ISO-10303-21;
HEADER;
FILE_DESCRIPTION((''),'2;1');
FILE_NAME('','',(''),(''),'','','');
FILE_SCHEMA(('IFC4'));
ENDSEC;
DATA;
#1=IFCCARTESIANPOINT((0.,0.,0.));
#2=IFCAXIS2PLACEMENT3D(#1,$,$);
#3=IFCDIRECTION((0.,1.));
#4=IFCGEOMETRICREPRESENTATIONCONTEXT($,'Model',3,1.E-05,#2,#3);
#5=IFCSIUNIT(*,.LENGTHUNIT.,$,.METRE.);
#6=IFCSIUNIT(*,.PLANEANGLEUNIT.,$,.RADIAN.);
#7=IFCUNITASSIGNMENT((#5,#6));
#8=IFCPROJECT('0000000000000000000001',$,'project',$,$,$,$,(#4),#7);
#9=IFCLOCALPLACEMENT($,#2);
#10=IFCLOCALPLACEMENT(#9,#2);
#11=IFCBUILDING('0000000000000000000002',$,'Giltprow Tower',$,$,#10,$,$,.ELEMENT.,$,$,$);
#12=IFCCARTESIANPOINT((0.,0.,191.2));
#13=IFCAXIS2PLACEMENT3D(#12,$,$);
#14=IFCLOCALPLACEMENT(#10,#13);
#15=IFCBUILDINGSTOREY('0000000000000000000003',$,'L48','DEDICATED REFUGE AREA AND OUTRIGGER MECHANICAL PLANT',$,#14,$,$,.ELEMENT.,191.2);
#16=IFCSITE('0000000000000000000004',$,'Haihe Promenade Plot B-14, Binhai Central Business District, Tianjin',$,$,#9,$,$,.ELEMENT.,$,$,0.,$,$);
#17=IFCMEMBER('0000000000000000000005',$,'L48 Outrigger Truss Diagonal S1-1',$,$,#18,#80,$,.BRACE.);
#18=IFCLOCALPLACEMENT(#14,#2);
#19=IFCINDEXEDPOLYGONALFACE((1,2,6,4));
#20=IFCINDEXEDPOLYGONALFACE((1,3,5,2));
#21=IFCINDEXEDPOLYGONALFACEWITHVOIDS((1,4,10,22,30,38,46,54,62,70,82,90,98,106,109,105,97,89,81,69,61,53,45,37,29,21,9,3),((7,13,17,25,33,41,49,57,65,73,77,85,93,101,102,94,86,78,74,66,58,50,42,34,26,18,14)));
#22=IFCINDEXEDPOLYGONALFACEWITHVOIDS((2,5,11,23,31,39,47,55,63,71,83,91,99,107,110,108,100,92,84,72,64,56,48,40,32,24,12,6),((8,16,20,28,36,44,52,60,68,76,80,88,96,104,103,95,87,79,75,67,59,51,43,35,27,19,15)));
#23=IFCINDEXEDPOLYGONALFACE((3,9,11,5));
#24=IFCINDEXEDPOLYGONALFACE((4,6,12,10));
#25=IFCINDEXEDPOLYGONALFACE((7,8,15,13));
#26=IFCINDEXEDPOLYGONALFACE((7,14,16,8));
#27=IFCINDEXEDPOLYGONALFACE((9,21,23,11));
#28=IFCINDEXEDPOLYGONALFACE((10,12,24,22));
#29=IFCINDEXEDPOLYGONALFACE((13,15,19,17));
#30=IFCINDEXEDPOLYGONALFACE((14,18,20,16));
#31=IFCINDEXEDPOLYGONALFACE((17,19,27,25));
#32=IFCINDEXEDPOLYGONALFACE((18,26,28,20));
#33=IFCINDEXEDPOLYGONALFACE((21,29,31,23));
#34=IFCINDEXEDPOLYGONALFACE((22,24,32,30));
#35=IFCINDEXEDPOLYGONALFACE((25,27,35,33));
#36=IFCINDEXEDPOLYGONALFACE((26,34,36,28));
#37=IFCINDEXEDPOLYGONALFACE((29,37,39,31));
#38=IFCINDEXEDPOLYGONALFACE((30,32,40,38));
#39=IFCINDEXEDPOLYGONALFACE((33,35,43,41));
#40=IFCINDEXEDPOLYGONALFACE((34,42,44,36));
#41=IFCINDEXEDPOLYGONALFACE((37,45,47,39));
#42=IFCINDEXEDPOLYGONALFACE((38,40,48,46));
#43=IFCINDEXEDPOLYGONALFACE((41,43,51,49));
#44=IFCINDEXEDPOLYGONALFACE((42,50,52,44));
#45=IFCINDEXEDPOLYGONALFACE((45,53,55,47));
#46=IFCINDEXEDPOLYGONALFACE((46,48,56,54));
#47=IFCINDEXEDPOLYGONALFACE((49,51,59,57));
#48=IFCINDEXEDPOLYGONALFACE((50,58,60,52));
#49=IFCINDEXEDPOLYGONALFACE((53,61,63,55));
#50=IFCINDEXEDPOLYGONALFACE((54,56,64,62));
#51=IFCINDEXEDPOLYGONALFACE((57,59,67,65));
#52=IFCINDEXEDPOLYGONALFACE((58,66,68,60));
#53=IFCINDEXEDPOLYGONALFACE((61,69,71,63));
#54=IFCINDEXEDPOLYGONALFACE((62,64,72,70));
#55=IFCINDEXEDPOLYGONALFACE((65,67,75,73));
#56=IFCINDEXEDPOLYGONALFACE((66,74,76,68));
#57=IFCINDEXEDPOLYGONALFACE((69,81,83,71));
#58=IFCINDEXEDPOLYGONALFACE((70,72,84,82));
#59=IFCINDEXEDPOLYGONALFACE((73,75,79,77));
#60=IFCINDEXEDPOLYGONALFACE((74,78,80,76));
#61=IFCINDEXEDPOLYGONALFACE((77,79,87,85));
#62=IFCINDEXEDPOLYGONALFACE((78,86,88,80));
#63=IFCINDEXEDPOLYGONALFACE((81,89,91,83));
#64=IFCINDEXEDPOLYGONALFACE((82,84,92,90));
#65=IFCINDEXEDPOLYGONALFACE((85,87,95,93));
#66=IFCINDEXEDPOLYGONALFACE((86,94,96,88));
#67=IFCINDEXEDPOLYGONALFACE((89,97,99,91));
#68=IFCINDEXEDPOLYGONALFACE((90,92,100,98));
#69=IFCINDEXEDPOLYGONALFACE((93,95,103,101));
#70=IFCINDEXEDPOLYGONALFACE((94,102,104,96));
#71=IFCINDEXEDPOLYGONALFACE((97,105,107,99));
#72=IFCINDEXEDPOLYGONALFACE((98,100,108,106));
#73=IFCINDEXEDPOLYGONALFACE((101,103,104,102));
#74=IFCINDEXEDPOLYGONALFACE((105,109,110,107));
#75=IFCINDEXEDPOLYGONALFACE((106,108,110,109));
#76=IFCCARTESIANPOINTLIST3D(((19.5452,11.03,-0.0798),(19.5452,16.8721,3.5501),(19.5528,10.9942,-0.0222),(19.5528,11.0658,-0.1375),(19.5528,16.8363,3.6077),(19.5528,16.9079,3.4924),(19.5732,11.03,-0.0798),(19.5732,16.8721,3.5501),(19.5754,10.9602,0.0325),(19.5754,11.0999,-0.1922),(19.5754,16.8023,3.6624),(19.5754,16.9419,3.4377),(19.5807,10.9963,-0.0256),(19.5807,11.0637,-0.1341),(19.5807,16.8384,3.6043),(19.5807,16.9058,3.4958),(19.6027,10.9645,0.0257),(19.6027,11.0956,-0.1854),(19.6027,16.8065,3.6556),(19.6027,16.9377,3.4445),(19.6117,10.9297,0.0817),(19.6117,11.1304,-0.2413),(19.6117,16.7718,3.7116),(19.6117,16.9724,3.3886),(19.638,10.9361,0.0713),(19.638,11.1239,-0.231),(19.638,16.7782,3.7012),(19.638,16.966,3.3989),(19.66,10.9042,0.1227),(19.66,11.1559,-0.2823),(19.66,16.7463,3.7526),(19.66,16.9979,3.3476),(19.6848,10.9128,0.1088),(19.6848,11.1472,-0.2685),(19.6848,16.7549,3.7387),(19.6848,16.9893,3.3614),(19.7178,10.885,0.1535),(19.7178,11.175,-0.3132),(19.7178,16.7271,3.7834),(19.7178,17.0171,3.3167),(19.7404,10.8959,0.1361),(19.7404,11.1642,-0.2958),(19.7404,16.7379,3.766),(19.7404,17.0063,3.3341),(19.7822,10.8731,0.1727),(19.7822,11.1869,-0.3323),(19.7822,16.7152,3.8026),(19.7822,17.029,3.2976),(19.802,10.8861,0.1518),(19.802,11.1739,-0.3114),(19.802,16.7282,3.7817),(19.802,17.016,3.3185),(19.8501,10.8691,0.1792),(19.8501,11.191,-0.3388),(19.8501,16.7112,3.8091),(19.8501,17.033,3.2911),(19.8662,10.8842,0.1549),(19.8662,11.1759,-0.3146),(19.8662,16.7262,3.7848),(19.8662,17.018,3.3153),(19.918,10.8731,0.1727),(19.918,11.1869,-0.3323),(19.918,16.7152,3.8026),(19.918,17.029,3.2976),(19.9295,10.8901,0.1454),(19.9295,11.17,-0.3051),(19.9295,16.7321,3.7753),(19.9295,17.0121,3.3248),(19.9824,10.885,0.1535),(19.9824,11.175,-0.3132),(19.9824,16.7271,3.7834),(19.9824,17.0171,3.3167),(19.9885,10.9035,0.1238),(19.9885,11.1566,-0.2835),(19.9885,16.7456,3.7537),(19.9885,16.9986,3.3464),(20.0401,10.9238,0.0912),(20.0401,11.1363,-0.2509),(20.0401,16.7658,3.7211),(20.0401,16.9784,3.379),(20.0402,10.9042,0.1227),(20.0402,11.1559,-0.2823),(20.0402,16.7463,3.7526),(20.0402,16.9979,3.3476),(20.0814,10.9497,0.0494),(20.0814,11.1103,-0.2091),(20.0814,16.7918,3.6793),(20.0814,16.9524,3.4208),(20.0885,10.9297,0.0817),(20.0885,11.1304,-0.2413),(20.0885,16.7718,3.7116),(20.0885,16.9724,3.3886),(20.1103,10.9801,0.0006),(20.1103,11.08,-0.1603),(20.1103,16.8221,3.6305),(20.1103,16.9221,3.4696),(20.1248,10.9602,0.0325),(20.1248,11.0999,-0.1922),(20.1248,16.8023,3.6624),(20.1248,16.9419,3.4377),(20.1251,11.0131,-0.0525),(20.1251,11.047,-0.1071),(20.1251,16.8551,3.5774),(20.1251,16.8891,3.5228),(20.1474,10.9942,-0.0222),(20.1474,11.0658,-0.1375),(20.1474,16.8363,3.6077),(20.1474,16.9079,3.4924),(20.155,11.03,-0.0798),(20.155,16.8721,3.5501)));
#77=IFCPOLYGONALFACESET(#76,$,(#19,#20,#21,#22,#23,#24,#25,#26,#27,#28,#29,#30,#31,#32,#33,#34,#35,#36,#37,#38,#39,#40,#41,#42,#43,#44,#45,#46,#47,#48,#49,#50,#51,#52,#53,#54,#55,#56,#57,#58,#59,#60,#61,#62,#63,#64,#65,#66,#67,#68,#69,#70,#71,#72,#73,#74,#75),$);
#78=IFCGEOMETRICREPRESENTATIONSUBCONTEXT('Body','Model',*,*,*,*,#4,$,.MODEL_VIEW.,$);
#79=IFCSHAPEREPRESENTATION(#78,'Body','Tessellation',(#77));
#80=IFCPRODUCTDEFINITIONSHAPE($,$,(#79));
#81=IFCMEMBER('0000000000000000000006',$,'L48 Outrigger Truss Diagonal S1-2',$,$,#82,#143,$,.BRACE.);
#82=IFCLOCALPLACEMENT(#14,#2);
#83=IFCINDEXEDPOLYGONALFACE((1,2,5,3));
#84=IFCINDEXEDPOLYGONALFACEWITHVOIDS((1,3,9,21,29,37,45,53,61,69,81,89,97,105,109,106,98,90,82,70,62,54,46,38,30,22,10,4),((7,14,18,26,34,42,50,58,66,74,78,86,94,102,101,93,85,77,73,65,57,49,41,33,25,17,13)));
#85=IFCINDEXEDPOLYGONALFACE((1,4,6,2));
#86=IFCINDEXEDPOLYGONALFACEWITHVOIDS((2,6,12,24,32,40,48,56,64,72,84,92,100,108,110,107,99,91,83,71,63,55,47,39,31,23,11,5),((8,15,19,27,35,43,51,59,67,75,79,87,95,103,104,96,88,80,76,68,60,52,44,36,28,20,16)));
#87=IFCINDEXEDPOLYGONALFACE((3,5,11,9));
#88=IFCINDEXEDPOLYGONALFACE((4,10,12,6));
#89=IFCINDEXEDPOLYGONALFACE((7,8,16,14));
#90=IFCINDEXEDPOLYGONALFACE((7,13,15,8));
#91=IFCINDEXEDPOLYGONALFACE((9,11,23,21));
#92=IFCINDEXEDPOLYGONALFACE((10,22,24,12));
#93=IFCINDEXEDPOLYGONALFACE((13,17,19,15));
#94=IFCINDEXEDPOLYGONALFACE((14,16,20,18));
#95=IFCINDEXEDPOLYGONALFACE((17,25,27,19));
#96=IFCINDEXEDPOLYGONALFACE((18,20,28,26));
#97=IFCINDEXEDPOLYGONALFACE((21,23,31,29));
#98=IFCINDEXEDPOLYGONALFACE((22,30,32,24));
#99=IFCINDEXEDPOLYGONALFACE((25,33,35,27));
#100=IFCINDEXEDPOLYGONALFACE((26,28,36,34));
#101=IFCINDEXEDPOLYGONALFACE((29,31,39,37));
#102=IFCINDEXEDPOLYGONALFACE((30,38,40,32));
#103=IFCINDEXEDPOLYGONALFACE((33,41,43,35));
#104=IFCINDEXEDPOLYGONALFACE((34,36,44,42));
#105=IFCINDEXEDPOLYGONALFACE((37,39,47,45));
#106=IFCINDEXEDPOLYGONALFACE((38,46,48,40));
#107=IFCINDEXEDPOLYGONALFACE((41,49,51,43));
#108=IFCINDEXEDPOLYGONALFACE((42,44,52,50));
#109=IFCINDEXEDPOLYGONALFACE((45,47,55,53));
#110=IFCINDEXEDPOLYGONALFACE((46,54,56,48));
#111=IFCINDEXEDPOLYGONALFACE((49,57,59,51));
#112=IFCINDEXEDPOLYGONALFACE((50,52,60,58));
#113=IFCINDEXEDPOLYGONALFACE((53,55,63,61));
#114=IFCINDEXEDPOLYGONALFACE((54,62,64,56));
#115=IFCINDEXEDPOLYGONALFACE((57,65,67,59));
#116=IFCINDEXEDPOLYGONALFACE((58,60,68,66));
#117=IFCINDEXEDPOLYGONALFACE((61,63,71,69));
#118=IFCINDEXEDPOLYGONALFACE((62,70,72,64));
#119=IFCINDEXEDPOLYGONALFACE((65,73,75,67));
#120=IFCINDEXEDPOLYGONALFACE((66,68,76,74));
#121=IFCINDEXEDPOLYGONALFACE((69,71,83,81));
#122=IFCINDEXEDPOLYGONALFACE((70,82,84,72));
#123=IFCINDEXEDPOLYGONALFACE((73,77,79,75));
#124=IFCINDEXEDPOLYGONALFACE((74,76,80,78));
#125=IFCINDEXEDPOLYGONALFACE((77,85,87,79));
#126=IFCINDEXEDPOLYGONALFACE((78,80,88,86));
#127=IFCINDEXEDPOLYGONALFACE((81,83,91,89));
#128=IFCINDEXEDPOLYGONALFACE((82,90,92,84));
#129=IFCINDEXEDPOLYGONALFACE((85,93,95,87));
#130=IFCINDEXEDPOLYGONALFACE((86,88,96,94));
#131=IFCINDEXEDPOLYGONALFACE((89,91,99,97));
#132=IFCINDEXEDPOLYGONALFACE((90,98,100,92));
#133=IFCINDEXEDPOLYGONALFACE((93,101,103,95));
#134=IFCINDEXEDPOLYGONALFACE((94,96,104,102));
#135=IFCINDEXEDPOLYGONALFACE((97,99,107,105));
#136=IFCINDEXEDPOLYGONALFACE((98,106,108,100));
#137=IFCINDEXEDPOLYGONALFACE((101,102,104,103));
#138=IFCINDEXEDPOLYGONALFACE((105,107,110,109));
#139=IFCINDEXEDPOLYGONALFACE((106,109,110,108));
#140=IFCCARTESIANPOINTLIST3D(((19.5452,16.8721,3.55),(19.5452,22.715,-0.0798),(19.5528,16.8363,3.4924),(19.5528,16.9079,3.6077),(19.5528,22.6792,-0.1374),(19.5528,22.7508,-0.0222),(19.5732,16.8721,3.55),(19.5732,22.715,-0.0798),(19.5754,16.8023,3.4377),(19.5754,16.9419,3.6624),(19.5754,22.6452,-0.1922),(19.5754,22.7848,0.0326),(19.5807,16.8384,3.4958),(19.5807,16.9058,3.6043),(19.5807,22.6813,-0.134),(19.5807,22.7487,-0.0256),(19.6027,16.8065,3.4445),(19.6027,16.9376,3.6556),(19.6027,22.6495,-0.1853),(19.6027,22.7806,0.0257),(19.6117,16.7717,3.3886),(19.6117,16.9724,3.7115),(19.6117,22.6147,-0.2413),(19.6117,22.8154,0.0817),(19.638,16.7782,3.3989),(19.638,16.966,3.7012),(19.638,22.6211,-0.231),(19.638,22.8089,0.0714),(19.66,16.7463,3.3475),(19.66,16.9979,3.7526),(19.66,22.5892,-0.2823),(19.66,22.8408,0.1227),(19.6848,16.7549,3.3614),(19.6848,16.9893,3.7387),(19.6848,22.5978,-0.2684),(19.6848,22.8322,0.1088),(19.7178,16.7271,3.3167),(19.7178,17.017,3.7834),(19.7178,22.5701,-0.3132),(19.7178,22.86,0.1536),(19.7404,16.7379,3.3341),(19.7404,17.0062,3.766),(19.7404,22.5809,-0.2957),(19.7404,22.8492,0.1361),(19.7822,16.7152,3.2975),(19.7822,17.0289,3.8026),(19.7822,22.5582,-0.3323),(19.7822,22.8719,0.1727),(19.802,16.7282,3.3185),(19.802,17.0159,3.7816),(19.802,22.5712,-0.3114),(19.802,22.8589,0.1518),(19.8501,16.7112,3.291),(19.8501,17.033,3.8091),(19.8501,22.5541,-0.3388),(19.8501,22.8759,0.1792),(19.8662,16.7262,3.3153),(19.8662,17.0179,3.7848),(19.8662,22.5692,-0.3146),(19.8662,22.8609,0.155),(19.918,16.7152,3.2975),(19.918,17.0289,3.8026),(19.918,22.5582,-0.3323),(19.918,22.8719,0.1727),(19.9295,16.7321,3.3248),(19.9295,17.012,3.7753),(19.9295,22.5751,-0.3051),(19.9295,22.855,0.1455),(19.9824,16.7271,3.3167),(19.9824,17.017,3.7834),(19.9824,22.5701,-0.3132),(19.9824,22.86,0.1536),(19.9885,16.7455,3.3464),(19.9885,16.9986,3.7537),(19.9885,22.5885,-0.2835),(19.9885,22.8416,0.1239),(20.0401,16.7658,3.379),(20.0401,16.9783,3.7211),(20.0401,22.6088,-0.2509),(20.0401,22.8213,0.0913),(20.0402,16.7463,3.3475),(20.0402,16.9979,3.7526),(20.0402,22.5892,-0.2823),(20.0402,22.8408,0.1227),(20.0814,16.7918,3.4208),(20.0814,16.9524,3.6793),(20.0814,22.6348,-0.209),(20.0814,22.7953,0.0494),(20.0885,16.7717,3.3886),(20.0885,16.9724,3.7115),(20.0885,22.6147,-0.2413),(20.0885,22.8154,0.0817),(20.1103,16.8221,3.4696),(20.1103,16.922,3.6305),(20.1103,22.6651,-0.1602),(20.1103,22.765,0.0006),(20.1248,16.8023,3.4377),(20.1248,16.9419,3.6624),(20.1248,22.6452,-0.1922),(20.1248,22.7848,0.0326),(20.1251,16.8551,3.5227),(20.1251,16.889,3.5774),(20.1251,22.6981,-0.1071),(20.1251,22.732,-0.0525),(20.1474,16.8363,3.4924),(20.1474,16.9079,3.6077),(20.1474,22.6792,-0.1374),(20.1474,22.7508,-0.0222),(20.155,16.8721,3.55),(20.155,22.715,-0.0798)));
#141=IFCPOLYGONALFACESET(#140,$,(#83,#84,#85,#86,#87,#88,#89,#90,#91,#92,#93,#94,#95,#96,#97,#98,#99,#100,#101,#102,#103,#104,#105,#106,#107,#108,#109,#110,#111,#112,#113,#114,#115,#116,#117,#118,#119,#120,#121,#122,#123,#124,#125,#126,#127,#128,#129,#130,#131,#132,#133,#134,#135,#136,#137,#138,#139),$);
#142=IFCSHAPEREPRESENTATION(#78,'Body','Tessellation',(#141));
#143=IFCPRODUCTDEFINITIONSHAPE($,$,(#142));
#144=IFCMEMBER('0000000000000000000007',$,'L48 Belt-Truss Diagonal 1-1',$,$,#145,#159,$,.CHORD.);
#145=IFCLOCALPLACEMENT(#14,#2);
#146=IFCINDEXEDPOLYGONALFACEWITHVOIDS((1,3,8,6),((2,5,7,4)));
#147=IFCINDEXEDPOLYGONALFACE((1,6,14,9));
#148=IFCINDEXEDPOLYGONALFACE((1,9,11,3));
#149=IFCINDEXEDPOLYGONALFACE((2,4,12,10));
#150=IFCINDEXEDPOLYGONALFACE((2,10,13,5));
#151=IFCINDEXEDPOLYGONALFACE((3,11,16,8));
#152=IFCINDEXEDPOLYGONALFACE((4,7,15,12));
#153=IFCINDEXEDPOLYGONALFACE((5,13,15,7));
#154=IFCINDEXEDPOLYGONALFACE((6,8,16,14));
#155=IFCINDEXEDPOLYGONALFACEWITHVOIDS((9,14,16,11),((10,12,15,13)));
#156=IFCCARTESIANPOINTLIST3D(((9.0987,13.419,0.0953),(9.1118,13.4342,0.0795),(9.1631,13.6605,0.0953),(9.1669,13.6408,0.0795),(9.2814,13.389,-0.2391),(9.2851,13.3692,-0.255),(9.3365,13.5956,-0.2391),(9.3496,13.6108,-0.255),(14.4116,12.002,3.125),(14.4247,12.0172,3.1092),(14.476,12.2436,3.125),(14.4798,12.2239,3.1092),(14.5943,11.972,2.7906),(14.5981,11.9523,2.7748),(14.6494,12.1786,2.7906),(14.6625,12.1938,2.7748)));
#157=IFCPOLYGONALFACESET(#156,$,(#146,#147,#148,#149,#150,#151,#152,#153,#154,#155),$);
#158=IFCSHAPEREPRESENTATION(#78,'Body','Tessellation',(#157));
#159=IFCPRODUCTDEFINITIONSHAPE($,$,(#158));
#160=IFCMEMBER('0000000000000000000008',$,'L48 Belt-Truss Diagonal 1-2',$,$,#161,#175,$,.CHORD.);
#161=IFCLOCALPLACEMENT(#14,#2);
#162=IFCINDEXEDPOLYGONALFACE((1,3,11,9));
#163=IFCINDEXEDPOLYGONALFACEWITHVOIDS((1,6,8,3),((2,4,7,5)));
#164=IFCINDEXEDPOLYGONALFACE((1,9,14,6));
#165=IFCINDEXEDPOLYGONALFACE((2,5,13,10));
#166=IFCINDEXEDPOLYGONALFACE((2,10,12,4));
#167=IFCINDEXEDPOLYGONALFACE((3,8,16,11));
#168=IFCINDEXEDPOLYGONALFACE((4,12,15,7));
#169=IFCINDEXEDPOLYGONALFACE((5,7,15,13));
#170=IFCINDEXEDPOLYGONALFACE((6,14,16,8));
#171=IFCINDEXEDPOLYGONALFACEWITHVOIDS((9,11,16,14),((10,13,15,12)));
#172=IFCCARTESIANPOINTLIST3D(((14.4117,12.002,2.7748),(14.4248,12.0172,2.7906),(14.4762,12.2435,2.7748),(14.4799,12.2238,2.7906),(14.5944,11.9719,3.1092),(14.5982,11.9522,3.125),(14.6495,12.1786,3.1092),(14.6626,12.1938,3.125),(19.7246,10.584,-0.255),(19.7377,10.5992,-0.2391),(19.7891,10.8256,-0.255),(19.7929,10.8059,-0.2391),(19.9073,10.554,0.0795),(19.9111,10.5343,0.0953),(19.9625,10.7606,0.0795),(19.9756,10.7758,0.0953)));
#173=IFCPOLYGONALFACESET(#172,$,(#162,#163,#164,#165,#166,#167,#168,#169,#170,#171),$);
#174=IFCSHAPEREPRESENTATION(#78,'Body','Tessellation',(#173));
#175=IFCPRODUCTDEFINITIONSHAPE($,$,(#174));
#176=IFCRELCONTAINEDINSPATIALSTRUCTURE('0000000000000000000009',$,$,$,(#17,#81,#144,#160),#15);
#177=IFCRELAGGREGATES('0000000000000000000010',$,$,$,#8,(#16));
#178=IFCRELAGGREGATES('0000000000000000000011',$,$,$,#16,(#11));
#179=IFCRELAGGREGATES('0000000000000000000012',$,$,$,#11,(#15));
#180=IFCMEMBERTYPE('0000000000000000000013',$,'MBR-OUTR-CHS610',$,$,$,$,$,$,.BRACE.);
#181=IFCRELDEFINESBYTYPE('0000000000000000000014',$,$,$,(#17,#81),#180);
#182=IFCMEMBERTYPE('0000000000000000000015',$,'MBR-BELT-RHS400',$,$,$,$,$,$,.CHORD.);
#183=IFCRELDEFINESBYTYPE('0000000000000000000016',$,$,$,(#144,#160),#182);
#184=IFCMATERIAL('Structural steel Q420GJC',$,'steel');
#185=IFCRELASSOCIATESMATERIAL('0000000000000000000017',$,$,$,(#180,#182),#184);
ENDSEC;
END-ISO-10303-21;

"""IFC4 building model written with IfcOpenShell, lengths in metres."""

from ifc_helpers import new_model, si_unit, direction, frame, origin, origin_2d, place, context, subcontext, project, spatial, hollow_rectangle, hollow_circle, extrude, source, transform, mapped, material, material_profile, profile_set, type_object, element, save


model = new_model("IFC4")

# Units and contexts
model_context = context("Model", 3, precision=1e-05, world=origin(), true_north=direction((0.0, 1.0)))
body_context = subcontext(model_context, "Body", "Model", "MODEL_VIEW")
ifc_project = project(units=[si_unit("LENGTHUNIT", "METRE"), si_unit("PLANEANGLEUNIT", "RADIAN")], contexts=[model_context])

# Site, building, storey
site_placement = place(None, origin())
site = spatial("IfcSite", under=ifc_project, at=site_placement, Name="Haihe Promenade Plot B-14, Binhai Central Business District, Tianjin", CompositionType="ELEMENT", RefElevation=0.0)
building_placement = place(site_placement, origin())
building = spatial("IfcBuilding", under=site, at=building_placement, Name="Giltprow Tower", CompositionType="ELEMENT")
storey_placement = place(building_placement, frame((0.0, 0.0, 191.2)))
storey = spatial("IfcBuildingStorey", under=building, at=storey_placement, Name="L48", Description="DEDICATED REFUGE AREA AND OUTRIGGER MECHANICAL PLANT", CompositionType="ELEMENT", Elevation=191.2)

# Shared definitions
ifc_material_1 = material(Name="Structural steel Q420GJC", Category="steel")

# Members
ifc_material_profile_1 = material_profile(ifc_material_1, hollow_circle(Radius=0.3049, WallThickness=0.0281, at=origin_2d()), Name="CHS 610x28")
ifc_profile_set_1 = profile_set([ifc_material_profile_1], Name="Structural steel Q420GJC")
member_type_1 = type_object("IfcMemberType", Name="MBR-OUTR-CHS610", PredefinedType="BRACE", material=ifc_profile_set_1)
shared_shape_1 = source(origin(), body_context, "Body", "SweptSolid", [
    extrude(hollow_circle(Radius=0.3049, WallThickness=0.0281, at=origin_2d()), origin(), (0.0, 0.0, 1.0), 6.8779),
])
member_1_placement = place(storey_placement, frame((19.8501, 11.03, -0.0798), z_axis=(0.0, 0.849393, 0.52776), x_axis=(-1.0, 0.0, 0.0)))
element("IfcMember", 1, at=member_1_placement, inside=storey, type_object=member_type_1, Name="L48 Outrigger Truss Diagonal S1-1", PredefinedType="BRACE", context=body_context, shape_type="MappedRepresentation", body=[
    mapped(shared_shape_1, transform((0.0, 0.0, 0.0), x_axis=(1.0, 0.0, 0.0), y_axis=(0.0, 1.0, 0.0), z_axis=(0.0, 0.0, 1.0), scale=1.0)),
])
shared_shape_2 = source(origin(), body_context, "Body", "SweptSolid", [
    extrude(hollow_circle(Radius=0.3049, WallThickness=0.0281, at=origin_2d()), origin(), (0.0, 0.0, 1.0), 6.8787),
])
member_2_placement = place(storey_placement, frame((19.8501, 16.8721, 3.55), z_axis=(0.0, 0.849433, -0.527697), x_axis=(-1.0, 0.0, 0.0)))
element("IfcMember", 2, at=member_2_placement, inside=storey, type_object=member_type_1, Name="L48 Outrigger Truss Diagonal S1-2", PredefinedType="BRACE", context=body_context, shape_type="MappedRepresentation", body=[
    mapped(shared_shape_2, transform((0.0, 0.0, 0.0), x_axis=(1.0, 0.0, 0.0), y_axis=(0.0, 1.0, 0.0), z_axis=(0.0, 0.0, 1.0), scale=1.0)),
])
ifc_material_profile_2 = material_profile(ifc_material_1, hollow_rectangle(XDim=0.25, YDim=0.3999, WallThickness=0.0181, at=origin_2d()), Name="RHS 400x250x18")
ifc_profile_set_2 = profile_set([ifc_material_profile_2], Name="Structural steel Q420GJC")
member_type_2 = type_object("IfcMemberType", Name="MBR-BELT-RHS400", PredefinedType="CHORD", material=ifc_profile_set_2)
shared_shape_3 = source(origin(), body_context, "Body", "SweptSolid", [
    extrude(hollow_rectangle(XDim=0.25, YDim=0.3999, WallThickness=0.0181, at=origin_2d()), origin(), (0.0, 0.0, 1.0), 6.2781),
])
member_3_placement = place(storey_placement, frame((9.2241, 13.5149, -0.0798), z_axis=(0.846265, -0.225702, 0.482591), x_axis=(0.257696, 0.966226, 0.0)))
element("IfcMember", 3, at=member_3_placement, inside=storey, type_object=member_type_2, Name="L48 Belt-Truss Diagonal 1-1", PredefinedType="CHORD", context=body_context, shape_type="MappedRepresentation", body=[
    mapped(shared_shape_3, transform((0.0, 0.0, 0.0), x_axis=(1.0, 0.0, 0.0), y_axis=(0.0, 1.0, 0.0), z_axis=(0.0, 0.0, 1.0), scale=1.0)),
])
shared_shape_4 = source(origin(), body_context, "Body", "SweptSolid", [
    extrude(hollow_rectangle(XDim=0.25, YDim=0.3999, WallThickness=0.0181, at=origin_2d()), origin(), (0.0, 0.0, 1.0), 6.2783),
])
member_4_placement = place(storey_placement, frame((19.8501, 10.6799, -0.0798), z_axis=(-0.846235, 0.225849, 0.482574), x_axis=(-0.257862, -0.966182, 0.0)))
element("IfcMember", 4, at=member_4_placement, inside=storey, type_object=member_type_2, Name="L48 Belt-Truss Diagonal 1-2", PredefinedType="CHORD", context=body_context, shape_type="MappedRepresentation", body=[
    mapped(shared_shape_4, transform((0.0, 0.0, 0.0), x_axis=(1.0, 0.0, 0.0), y_axis=(0.0, 1.0, 0.0), z_axis=(0.0, 0.0, 1.0), scale=1.0)),
])

save(model, "model.ifc")
